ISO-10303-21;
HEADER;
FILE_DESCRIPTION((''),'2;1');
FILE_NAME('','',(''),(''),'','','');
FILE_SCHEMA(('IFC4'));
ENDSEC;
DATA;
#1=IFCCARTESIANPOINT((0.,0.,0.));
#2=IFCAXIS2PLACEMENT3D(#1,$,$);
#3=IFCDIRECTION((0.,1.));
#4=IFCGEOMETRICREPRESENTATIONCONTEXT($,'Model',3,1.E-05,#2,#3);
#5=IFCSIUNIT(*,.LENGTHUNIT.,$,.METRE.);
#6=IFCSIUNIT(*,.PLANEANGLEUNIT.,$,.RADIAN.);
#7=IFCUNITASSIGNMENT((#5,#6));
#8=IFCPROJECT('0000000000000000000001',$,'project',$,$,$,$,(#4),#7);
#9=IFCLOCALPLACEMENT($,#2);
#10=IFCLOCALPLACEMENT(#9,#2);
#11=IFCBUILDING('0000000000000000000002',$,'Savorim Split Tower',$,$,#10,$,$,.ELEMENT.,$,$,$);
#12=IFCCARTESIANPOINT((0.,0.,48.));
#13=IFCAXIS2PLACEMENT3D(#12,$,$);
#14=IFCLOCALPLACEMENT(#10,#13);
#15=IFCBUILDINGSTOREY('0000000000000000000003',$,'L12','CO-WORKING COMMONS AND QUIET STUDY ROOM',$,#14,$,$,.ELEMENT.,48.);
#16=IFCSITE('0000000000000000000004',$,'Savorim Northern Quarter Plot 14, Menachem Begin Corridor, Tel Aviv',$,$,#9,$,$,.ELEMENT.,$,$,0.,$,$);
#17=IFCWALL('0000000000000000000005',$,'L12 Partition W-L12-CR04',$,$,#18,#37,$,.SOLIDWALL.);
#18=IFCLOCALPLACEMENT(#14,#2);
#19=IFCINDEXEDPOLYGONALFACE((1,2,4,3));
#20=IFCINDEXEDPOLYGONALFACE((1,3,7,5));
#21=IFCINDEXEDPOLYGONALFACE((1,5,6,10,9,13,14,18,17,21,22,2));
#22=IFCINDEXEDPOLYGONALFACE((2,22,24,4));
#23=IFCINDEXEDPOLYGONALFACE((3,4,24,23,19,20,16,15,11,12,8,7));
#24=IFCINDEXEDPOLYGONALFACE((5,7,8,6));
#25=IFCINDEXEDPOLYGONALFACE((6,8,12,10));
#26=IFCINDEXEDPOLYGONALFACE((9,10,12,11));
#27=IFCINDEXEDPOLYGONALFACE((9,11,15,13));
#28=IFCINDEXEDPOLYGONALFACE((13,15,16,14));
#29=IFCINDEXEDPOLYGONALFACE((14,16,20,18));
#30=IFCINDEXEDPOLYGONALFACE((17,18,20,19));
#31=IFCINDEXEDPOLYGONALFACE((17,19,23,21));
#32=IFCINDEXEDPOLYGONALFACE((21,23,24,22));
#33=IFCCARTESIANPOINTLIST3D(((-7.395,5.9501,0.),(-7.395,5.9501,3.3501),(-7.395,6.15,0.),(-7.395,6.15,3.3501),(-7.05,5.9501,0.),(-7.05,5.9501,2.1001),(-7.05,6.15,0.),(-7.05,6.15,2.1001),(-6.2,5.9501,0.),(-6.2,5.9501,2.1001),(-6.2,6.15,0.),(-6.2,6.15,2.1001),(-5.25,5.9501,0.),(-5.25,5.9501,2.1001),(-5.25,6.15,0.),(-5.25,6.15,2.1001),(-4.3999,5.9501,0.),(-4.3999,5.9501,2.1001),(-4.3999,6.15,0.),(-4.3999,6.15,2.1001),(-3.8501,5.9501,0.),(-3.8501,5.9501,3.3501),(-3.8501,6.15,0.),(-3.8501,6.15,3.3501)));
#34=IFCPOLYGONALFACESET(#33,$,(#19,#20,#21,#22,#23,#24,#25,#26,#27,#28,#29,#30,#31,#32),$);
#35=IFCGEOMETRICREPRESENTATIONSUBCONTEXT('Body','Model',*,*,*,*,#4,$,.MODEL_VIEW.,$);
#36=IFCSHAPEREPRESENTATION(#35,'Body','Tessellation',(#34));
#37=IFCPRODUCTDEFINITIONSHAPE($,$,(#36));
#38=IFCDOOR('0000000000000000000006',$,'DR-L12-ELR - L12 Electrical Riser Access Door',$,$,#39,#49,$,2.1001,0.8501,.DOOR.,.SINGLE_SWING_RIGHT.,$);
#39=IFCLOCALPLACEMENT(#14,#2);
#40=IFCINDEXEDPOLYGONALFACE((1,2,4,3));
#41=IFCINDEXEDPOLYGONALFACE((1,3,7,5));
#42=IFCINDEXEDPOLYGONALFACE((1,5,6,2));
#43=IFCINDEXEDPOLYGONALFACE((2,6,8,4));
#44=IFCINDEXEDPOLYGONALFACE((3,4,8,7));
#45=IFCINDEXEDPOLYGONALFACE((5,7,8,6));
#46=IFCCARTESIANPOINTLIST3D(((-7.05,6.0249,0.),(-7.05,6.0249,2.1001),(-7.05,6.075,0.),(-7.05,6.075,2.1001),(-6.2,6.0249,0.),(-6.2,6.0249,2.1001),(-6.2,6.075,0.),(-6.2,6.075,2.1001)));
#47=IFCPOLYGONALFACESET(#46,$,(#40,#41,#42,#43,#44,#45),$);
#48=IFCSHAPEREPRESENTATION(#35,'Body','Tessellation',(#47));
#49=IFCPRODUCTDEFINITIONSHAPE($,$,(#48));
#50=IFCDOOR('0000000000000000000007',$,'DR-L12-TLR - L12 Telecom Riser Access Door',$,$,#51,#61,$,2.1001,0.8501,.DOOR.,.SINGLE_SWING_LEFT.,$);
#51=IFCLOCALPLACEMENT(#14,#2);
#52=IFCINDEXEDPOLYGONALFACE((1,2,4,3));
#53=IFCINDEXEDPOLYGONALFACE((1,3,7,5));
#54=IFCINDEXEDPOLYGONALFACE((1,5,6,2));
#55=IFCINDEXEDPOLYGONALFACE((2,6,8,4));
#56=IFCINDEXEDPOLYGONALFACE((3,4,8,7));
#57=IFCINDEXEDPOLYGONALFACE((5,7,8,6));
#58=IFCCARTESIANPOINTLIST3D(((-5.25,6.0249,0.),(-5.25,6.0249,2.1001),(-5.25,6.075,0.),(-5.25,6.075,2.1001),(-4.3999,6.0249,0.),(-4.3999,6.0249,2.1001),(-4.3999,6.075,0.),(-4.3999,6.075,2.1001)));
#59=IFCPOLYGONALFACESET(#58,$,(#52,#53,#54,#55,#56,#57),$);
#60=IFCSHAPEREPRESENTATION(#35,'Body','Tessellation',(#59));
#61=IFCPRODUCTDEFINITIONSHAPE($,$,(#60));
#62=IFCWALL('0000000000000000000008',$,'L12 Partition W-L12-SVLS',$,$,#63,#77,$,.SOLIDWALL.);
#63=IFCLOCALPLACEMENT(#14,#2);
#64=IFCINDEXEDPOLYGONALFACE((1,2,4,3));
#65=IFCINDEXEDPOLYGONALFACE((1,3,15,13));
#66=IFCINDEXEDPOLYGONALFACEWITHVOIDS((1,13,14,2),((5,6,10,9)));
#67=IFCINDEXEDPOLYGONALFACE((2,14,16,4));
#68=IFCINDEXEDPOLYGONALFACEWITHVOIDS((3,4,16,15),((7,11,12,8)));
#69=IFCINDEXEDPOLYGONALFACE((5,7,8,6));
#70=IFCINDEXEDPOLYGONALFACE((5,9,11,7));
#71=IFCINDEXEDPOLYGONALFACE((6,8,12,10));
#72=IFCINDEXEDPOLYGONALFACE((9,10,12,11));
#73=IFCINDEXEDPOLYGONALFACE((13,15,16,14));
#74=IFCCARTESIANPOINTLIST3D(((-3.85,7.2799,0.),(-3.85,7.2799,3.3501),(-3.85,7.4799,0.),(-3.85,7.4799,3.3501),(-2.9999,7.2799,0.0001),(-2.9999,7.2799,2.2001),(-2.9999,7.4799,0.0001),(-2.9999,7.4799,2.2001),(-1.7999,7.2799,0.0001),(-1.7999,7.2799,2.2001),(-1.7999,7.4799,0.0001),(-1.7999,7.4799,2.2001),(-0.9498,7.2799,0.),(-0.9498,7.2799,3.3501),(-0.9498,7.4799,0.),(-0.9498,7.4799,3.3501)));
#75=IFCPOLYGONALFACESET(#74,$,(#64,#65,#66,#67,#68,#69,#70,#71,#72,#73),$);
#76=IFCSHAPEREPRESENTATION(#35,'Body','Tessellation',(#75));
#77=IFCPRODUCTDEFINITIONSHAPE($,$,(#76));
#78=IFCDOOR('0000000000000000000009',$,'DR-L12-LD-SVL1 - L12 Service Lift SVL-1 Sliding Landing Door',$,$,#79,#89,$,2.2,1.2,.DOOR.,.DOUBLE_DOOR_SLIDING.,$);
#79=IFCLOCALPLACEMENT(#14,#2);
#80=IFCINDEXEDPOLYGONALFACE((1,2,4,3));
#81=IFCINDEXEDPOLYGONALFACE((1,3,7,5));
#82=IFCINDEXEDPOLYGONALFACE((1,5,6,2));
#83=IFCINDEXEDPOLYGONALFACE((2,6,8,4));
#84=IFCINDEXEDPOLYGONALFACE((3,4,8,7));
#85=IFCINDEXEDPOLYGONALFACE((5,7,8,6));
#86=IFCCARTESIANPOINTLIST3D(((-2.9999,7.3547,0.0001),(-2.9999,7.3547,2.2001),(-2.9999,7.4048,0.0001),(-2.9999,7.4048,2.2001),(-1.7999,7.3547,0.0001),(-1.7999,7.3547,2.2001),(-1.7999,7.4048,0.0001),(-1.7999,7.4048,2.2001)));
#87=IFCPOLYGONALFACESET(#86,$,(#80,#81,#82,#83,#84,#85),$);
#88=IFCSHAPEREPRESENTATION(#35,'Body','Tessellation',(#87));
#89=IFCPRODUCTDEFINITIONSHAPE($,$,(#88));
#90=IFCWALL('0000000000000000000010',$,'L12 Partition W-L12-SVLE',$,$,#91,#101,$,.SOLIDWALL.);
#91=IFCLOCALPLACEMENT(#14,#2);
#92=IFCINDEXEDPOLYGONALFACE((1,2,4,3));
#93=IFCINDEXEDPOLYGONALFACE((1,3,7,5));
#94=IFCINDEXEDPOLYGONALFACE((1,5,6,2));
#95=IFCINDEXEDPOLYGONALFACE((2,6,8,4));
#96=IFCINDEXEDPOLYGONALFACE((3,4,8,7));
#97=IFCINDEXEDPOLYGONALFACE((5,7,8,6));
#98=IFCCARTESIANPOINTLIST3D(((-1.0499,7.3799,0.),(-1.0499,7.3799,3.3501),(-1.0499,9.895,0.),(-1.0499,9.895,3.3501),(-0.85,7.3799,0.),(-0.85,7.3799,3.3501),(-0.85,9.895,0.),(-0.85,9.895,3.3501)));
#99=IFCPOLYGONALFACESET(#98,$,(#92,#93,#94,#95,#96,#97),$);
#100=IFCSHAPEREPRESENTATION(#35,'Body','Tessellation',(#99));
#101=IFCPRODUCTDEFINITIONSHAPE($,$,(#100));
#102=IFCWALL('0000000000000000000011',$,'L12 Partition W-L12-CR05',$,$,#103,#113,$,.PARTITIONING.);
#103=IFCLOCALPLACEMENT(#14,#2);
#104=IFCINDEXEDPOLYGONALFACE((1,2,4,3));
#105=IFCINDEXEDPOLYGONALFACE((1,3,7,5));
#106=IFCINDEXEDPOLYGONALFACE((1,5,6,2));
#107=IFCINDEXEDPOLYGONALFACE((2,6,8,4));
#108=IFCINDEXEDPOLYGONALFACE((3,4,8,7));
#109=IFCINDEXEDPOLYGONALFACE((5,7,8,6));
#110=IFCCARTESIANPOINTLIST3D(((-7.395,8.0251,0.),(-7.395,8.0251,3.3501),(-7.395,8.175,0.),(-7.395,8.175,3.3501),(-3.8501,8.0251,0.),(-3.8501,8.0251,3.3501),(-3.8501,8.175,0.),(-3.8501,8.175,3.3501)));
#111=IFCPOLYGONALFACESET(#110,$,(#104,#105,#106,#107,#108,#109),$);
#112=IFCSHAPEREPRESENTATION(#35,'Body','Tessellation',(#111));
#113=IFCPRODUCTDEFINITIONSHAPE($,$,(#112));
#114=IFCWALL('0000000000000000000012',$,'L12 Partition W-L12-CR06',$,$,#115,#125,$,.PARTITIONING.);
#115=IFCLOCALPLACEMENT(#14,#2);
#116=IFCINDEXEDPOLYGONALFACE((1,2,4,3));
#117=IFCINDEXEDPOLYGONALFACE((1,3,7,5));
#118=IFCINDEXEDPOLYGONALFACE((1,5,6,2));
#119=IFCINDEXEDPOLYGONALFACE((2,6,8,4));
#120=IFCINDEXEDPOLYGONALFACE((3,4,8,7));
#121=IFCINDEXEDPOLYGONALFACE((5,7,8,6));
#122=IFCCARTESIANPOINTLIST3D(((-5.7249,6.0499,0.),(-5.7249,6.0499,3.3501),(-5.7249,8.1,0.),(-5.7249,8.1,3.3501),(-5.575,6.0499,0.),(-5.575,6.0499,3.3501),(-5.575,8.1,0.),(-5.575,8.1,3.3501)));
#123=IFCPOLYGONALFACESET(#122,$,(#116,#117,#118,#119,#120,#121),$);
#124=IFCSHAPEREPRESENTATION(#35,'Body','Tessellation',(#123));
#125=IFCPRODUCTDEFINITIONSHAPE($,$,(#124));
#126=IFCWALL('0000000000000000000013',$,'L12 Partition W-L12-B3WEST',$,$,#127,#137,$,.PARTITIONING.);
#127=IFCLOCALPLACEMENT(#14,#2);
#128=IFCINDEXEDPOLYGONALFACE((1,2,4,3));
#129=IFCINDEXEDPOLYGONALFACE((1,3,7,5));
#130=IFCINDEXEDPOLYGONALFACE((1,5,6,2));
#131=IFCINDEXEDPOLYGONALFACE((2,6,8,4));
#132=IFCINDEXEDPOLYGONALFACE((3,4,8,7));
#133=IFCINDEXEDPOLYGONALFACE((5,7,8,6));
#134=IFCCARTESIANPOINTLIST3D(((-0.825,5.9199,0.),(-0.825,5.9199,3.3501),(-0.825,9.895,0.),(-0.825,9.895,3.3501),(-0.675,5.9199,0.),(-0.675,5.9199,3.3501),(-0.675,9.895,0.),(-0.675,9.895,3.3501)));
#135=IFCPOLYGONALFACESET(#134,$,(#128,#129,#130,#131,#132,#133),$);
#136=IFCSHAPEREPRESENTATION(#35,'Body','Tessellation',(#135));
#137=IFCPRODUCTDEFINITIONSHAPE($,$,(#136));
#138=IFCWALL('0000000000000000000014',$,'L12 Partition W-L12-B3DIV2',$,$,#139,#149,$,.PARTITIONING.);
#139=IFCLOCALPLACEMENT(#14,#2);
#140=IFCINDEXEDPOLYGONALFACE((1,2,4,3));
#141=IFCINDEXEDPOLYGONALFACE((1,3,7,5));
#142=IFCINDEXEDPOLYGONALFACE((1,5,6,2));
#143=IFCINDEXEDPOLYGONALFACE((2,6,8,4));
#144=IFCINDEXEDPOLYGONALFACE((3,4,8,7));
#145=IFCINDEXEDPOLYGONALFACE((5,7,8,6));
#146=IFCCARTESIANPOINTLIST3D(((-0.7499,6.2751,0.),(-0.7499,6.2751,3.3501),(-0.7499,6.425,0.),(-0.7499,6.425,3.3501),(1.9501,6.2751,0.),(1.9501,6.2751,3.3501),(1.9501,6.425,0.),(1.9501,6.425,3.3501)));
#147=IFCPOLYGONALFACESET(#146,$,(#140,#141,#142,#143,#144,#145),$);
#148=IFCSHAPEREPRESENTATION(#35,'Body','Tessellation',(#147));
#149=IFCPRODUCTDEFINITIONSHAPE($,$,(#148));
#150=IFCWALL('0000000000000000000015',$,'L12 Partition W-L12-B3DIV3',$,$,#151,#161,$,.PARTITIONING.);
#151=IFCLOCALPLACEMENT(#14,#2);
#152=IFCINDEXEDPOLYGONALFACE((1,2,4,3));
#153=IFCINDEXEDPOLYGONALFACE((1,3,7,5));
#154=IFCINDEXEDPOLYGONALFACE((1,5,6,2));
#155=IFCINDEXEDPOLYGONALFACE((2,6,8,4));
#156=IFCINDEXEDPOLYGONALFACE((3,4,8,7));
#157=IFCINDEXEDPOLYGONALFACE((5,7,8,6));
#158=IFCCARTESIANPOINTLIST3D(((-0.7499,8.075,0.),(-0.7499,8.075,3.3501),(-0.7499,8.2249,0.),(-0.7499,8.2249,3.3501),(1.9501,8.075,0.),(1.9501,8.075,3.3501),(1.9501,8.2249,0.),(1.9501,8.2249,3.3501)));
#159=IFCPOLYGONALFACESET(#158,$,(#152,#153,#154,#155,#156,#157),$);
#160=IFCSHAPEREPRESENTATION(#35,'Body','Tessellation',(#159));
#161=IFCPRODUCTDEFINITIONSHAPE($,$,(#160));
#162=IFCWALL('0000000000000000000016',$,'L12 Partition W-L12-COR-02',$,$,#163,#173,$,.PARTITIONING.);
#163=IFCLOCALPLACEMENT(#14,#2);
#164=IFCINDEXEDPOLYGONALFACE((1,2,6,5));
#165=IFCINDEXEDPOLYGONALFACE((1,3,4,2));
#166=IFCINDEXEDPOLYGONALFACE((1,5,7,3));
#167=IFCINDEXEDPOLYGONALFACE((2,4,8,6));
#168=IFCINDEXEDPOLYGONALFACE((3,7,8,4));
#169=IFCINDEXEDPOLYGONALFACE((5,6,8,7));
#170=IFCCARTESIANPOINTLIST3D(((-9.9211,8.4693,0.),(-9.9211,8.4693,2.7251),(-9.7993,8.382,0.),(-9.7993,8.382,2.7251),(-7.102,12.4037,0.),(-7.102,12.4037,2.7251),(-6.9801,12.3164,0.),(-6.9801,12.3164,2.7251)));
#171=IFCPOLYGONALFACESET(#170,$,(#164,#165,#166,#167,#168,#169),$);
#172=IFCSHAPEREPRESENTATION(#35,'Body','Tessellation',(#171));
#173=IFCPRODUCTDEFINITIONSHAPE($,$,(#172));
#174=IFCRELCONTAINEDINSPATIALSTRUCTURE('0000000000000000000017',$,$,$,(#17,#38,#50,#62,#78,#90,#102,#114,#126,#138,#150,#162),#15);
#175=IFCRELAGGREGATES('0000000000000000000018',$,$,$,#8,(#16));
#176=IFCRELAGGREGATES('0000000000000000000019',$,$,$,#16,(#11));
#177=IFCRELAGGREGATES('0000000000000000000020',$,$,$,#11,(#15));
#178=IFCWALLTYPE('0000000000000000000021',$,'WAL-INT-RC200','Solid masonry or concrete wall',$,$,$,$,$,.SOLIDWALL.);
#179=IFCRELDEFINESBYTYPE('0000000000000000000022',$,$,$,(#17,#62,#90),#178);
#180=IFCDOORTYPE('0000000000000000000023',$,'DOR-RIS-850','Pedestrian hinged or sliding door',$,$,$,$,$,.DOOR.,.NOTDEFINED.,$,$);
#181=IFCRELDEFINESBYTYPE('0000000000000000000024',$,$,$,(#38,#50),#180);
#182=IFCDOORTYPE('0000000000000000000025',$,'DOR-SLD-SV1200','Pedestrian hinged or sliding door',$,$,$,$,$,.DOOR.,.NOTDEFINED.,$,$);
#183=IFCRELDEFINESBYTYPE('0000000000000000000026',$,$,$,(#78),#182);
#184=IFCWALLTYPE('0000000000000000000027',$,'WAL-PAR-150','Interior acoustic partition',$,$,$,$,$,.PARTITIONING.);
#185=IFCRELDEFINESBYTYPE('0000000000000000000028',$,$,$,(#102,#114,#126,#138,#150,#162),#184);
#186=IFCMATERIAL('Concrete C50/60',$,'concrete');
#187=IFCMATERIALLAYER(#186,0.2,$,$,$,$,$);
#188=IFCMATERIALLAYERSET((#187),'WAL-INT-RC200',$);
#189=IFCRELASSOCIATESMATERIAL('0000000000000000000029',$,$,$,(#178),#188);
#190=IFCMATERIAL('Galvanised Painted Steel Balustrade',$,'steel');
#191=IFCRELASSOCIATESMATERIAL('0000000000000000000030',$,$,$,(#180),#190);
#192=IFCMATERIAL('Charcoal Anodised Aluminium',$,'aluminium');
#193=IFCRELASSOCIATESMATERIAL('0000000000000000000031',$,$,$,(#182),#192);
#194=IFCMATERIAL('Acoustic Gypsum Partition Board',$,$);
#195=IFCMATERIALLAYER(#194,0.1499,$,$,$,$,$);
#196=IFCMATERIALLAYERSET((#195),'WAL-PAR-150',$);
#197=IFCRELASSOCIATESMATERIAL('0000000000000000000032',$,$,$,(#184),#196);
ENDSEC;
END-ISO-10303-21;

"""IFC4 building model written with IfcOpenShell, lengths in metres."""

from ifc_helpers import new_model, si_unit, direction, frame, frame_2d, origin, place, context, subcontext, project, spatial, rectangle, extrude, material, layer, layer_set, type_object, element, fill, save


model = new_model("IFC4")

# Units and contexts
model_context = context("Model", 3, precision=1e-05, world=origin(), true_north=direction((0.0, 1.0)))
body_context = subcontext(model_context, "Body", "Model", "MODEL_VIEW")
ifc_project = project(units=[si_unit("LENGTHUNIT", "METRE"), si_unit("PLANEANGLEUNIT", "RADIAN")], contexts=[model_context])

# Site, building, storey
site_placement = place(None, origin())
site = spatial("IfcSite", under=ifc_project, at=site_placement, Name="Savorim Northern Quarter Plot 14, Menachem Begin Corridor, Tel Aviv", CompositionType="ELEMENT", RefElevation=0.0)
building_placement = place(site_placement, origin())
building = spatial("IfcBuilding", under=site, at=building_placement, Name="Savorim Split Tower", CompositionType="ELEMENT")
storey_placement = place(building_placement, frame((0.0, 0.0, 48.0)))
storey = spatial("IfcBuildingStorey", under=building, at=storey_placement, Name="L12", Description="CO-WORKING COMMONS AND QUIET STUDY ROOM", CompositionType="ELEMENT", Elevation=48.0)

# Shared definitions
ifc_material_1 = material(Name="Charcoal Anodised Aluminium", Category="aluminium")

# Wall, openings, doors
ifc_material_2 = material(Name="Concrete C50/60", Category="concrete")
ifc_layer_1 = layer(ifc_material_2, 0.2)
ifc_layer_set_1 = layer_set([ifc_layer_1], Name="WAL-INT-RC200")
wall_type_1 = type_object("IfcWallType", Name="WAL-INT-RC200", Description="Solid masonry or concrete wall", PredefinedType="SOLIDWALL", material=ifc_layer_set_1)
wall_1_placement = place(storey_placement, frame((-7.395, 6.05, 0.0), z_axis=(0.0, 0.0, 1.0), x_axis=(1.0, 0.0, 0.0)))
wall_1 = element("IfcWall", 1, at=wall_1_placement, inside=storey, type_object=wall_type_1, Name="L12 Partition W-L12-CR04", PredefinedType="SOLIDWALL", context=body_context, shape_type="SweptSolid", body=[
    extrude(rectangle(XDim=3.5449, YDim=0.2, at=frame_2d((1.7725, 0.0))), origin(), (0.0, 0.0, 1.0), 3.3501),
])
opening_1_placement = place(wall_1_placement, frame((0.345, 0.0, 0.0)))
opening_1 = element("IfcOpeningElement", 2, at=opening_1_placement, cuts=wall_1, PredefinedType="OPENING", context=body_context, shape_type="SweptSolid", body=[
    extrude(rectangle(XDim=0.8501, YDim=2.1001, at=frame_2d((0.425, 1.05))), frame((0.0, 0.1099, 0.0), z_axis=(0.0, -1.0, 0.0), x_axis=(1.0, 0.0, 0.0)), (0.0, 0.0, 1.0), 0.22),
])
opening_2_placement = place(wall_1_placement, frame((2.145, 0.0, 0.0)))
opening_2 = element("IfcOpeningElement", 3, at=opening_2_placement, cuts=wall_1, PredefinedType="OPENING", context=body_context, shape_type="SweptSolid", body=[
    extrude(rectangle(XDim=0.8501, YDim=2.1001, at=frame_2d((0.425, 1.05))), frame((0.0, 0.1099, 0.0), z_axis=(0.0, -1.0, 0.0), x_axis=(1.0, 0.0, 0.0)), (0.0, 0.0, 1.0), 0.22),
])
ifc_material_3 = material(Name="Galvanised Painted Steel Balustrade", Category="steel")
door_type_1 = type_object("IfcDoorType", Name="DOR-RIS-850", Description="Pedestrian hinged or sliding door", OperationType="NOTDEFINED", PredefinedType="DOOR", material=ifc_material_3)
door_1_placement = place(opening_1_placement, origin())
door_1 = element("IfcDoor", 4, at=door_1_placement, inside=storey, type_object=door_type_1, Name="DR-L12-ELR - L12 Electrical Riser Access Door", OperationType="SINGLE_SWING_RIGHT", OverallHeight=2.1001, OverallWidth=0.8501, PredefinedType="DOOR", context=body_context, shape_type="SweptSolid", body=[
    extrude(rectangle(XDim=0.8501, YDim=2.1001, at=frame_2d((0.425, 1.05))), frame((0.0, 0.0249, 0.0), z_axis=(0.0, -1.0, 0.0), x_axis=(1.0, 0.0, 0.0)), (0.0, 0.0, 1.0), 0.05),
])
fill(opening_1, door_1)
door_2_placement = place(opening_2_placement, origin())
door_2 = element("IfcDoor", 5, at=door_2_placement, inside=storey, type_object=door_type_1, Name="DR-L12-TLR - L12 Telecom Riser Access Door", OperationType="SINGLE_SWING_LEFT", OverallHeight=2.1001, OverallWidth=0.8501, PredefinedType="DOOR", context=body_context, shape_type="SweptSolid", body=[
    extrude(rectangle(XDim=0.8501, YDim=2.1001, at=frame_2d((0.425, 1.05))), frame((0.0, 0.0249, 0.0), z_axis=(0.0, -1.0, 0.0), x_axis=(1.0, 0.0, 0.0)), (0.0, 0.0, 1.0), 0.05),
])
fill(opening_2, door_2)

# Wall, opening, door
wall_2_placement = place(storey_placement, frame((-3.8501, 7.3799, 0.0), z_axis=(0.0, 0.0, 1.0), x_axis=(1.0, 0.0, 0.0)))
wall_2 = element("IfcWall", 6, at=wall_2_placement, inside=storey, type_object=wall_type_1, Name="L12 Partition W-L12-SVLS", PredefinedType="SOLIDWALL", context=body_context, shape_type="SweptSolid", body=[
    extrude(rectangle(XDim=2.9001, YDim=0.2, at=frame_2d((1.4502, 0.0))), origin(), (0.0, 0.0, 1.0), 3.3501),
])
opening_3_placement = place(wall_2_placement, frame((0.8501, 0.0, 0.0)))
opening_3 = element("IfcOpeningElement", 7, at=opening_3_placement, cuts=wall_2, PredefinedType="OPENING", context=body_context, shape_type="SweptSolid", body=[
    extrude(rectangle(XDim=1.2, YDim=2.2, at=frame_2d((0.6001, 1.1001))), frame((0.0, 0.1099, 0.0), z_axis=(0.0, -1.0, 0.0), x_axis=(1.0, 0.0, 0.0)), (0.0, 0.0, 1.0), 0.22),
])
door_type_2 = type_object("IfcDoorType", Name="DOR-SLD-SV1200", Description="Pedestrian hinged or sliding door", OperationType="NOTDEFINED", PredefinedType="DOOR", material=ifc_material_1)
door_3_placement = place(opening_3_placement, origin())
door_3 = element("IfcDoor", 8, at=door_3_placement, inside=storey, type_object=door_type_2, Name="DR-L12-LD-SVL1 - L12 Service Lift SVL-1 Sliding Landing Door", OperationType="DOUBLE_DOOR_SLIDING", OverallHeight=2.2, OverallWidth=1.2, PredefinedType="DOOR", context=body_context, shape_type="SweptSolid", body=[
    extrude(rectangle(XDim=1.2, YDim=2.2, at=frame_2d((0.6001, 1.1001))), frame((0.0, 0.0249, 0.0), z_axis=(0.0, -1.0, 0.0), x_axis=(1.0, 0.0, 0.0)), (0.0, 0.0, 1.0), 0.05),
])
fill(opening_3, door_3)

# Walls
wall_3_placement = place(storey_placement, frame((-0.95, 7.3799, 0.0), z_axis=(0.0, 0.0, 1.0), x_axis=(0.0, 1.0, 0.0)))
element("IfcWall", 9, at=wall_3_placement, inside=storey, type_object=wall_type_1, Name="L12 Partition W-L12-SVLE", PredefinedType="SOLIDWALL", context=body_context, shape_type="SweptSolid", body=[
    extrude(rectangle(XDim=2.5151, YDim=0.2, at=frame_2d((1.2576, 0.0))), origin(), (0.0, 0.0, 1.0), 3.3501),
])
ifc_material_4 = material(Name="Acoustic Gypsum Partition Board")
ifc_layer_2 = layer(ifc_material_4, 0.1499)
ifc_layer_set_2 = layer_set([ifc_layer_2], Name="WAL-PAR-150")
wall_type_2 = type_object("IfcWallType", Name="WAL-PAR-150", Description="Interior acoustic partition", PredefinedType="PARTITIONING", material=ifc_layer_set_2)
wall_4_placement = place(storey_placement, frame((-7.395, 8.1001, 0.0), z_axis=(0.0, 0.0, 1.0), x_axis=(1.0, 0.0, 0.0)))
element("IfcWall", 10, at=wall_4_placement, inside=storey, type_object=wall_type_2, Name="L12 Partition W-L12-CR05", PredefinedType="PARTITIONING", context=body_context, shape_type="SweptSolid", body=[
    extrude(rectangle(XDim=3.5449, YDim=0.1499, at=frame_2d((1.7725, 0.0))), origin(), (0.0, 0.0, 1.0), 3.3501),
])
wall_5_placement = place(storey_placement, frame((-5.6499, 6.05, 0.0), z_axis=(0.0, 0.0, 1.0), x_axis=(0.0, 1.0, 0.0)))
element("IfcWall", 11, at=wall_5_placement, inside=storey, type_object=wall_type_2, Name="L12 Partition W-L12-CR06", PredefinedType="PARTITIONING", context=body_context, shape_type="SweptSolid", body=[
    extrude(rectangle(XDim=2.05, YDim=0.1499, at=frame_2d((1.0249, 0.0))), origin(), (0.0, 0.0, 1.0), 3.3501),
])
wall_6_placement = place(storey_placement, frame((-0.75, 5.9199, 0.0), z_axis=(0.0, 0.0, 1.0), x_axis=(0.0, 1.0, 0.0)))
element("IfcWall", 12, at=wall_6_placement, inside=storey, type_object=wall_type_2, Name="L12 Partition W-L12-B3WEST", PredefinedType="PARTITIONING", context=body_context, shape_type="SweptSolid", body=[
    extrude(rectangle(XDim=3.9751, YDim=0.1499, at=frame_2d((1.9875, 0.0))), origin(), (0.0, 0.0, 1.0), 3.3501),
])
for number, where, z_axis, x_axis, name in (
    (13, (-0.75, 6.3501, 0.0), (0.0, 0.0, 1.0), (1.0, 0.0, 0.0), "L12 Partition W-L12-B3DIV2"),
    (14, (-0.75, 8.1499, 0.0), (0.0, 0.0, 1.0), (1.0, 0.0, 0.0), "L12 Partition W-L12-B3DIV3"),
):
    element("IfcWall", number, at=place(storey_placement, frame(where, z_axis=z_axis, x_axis=x_axis)), inside=storey, type_object=wall_type_2, Name=name, PredefinedType="PARTITIONING", context=body_context, shape_type="SweptSolid", body=[
        extrude(rectangle(XDim=2.7, YDim=0.1499, at=frame_2d((1.3501, 0.0))), origin(), (0.0, 0.0, 1.0), 3.3501),
    ])
wall_7_placement = place(storey_placement, frame((-9.8601, 8.4258, 0.0), z_axis=(0.0, 0.0, 1.0), x_axis=(0.58245, 0.812867, 0.0)))
element("IfcWall", 15, at=wall_7_placement, inside=storey, type_object=wall_type_2, Name="L12 Partition W-L12-COR-02", PredefinedType="PARTITIONING", context=body_context, shape_type="SweptSolid", body=[
    extrude(rectangle(XDim=4.8401, YDim=0.1499, at=frame_2d((2.4199, 0.0))), origin(), (0.0, 0.0, 1.0), 2.7251),
])

save(model, "model.ifc")
